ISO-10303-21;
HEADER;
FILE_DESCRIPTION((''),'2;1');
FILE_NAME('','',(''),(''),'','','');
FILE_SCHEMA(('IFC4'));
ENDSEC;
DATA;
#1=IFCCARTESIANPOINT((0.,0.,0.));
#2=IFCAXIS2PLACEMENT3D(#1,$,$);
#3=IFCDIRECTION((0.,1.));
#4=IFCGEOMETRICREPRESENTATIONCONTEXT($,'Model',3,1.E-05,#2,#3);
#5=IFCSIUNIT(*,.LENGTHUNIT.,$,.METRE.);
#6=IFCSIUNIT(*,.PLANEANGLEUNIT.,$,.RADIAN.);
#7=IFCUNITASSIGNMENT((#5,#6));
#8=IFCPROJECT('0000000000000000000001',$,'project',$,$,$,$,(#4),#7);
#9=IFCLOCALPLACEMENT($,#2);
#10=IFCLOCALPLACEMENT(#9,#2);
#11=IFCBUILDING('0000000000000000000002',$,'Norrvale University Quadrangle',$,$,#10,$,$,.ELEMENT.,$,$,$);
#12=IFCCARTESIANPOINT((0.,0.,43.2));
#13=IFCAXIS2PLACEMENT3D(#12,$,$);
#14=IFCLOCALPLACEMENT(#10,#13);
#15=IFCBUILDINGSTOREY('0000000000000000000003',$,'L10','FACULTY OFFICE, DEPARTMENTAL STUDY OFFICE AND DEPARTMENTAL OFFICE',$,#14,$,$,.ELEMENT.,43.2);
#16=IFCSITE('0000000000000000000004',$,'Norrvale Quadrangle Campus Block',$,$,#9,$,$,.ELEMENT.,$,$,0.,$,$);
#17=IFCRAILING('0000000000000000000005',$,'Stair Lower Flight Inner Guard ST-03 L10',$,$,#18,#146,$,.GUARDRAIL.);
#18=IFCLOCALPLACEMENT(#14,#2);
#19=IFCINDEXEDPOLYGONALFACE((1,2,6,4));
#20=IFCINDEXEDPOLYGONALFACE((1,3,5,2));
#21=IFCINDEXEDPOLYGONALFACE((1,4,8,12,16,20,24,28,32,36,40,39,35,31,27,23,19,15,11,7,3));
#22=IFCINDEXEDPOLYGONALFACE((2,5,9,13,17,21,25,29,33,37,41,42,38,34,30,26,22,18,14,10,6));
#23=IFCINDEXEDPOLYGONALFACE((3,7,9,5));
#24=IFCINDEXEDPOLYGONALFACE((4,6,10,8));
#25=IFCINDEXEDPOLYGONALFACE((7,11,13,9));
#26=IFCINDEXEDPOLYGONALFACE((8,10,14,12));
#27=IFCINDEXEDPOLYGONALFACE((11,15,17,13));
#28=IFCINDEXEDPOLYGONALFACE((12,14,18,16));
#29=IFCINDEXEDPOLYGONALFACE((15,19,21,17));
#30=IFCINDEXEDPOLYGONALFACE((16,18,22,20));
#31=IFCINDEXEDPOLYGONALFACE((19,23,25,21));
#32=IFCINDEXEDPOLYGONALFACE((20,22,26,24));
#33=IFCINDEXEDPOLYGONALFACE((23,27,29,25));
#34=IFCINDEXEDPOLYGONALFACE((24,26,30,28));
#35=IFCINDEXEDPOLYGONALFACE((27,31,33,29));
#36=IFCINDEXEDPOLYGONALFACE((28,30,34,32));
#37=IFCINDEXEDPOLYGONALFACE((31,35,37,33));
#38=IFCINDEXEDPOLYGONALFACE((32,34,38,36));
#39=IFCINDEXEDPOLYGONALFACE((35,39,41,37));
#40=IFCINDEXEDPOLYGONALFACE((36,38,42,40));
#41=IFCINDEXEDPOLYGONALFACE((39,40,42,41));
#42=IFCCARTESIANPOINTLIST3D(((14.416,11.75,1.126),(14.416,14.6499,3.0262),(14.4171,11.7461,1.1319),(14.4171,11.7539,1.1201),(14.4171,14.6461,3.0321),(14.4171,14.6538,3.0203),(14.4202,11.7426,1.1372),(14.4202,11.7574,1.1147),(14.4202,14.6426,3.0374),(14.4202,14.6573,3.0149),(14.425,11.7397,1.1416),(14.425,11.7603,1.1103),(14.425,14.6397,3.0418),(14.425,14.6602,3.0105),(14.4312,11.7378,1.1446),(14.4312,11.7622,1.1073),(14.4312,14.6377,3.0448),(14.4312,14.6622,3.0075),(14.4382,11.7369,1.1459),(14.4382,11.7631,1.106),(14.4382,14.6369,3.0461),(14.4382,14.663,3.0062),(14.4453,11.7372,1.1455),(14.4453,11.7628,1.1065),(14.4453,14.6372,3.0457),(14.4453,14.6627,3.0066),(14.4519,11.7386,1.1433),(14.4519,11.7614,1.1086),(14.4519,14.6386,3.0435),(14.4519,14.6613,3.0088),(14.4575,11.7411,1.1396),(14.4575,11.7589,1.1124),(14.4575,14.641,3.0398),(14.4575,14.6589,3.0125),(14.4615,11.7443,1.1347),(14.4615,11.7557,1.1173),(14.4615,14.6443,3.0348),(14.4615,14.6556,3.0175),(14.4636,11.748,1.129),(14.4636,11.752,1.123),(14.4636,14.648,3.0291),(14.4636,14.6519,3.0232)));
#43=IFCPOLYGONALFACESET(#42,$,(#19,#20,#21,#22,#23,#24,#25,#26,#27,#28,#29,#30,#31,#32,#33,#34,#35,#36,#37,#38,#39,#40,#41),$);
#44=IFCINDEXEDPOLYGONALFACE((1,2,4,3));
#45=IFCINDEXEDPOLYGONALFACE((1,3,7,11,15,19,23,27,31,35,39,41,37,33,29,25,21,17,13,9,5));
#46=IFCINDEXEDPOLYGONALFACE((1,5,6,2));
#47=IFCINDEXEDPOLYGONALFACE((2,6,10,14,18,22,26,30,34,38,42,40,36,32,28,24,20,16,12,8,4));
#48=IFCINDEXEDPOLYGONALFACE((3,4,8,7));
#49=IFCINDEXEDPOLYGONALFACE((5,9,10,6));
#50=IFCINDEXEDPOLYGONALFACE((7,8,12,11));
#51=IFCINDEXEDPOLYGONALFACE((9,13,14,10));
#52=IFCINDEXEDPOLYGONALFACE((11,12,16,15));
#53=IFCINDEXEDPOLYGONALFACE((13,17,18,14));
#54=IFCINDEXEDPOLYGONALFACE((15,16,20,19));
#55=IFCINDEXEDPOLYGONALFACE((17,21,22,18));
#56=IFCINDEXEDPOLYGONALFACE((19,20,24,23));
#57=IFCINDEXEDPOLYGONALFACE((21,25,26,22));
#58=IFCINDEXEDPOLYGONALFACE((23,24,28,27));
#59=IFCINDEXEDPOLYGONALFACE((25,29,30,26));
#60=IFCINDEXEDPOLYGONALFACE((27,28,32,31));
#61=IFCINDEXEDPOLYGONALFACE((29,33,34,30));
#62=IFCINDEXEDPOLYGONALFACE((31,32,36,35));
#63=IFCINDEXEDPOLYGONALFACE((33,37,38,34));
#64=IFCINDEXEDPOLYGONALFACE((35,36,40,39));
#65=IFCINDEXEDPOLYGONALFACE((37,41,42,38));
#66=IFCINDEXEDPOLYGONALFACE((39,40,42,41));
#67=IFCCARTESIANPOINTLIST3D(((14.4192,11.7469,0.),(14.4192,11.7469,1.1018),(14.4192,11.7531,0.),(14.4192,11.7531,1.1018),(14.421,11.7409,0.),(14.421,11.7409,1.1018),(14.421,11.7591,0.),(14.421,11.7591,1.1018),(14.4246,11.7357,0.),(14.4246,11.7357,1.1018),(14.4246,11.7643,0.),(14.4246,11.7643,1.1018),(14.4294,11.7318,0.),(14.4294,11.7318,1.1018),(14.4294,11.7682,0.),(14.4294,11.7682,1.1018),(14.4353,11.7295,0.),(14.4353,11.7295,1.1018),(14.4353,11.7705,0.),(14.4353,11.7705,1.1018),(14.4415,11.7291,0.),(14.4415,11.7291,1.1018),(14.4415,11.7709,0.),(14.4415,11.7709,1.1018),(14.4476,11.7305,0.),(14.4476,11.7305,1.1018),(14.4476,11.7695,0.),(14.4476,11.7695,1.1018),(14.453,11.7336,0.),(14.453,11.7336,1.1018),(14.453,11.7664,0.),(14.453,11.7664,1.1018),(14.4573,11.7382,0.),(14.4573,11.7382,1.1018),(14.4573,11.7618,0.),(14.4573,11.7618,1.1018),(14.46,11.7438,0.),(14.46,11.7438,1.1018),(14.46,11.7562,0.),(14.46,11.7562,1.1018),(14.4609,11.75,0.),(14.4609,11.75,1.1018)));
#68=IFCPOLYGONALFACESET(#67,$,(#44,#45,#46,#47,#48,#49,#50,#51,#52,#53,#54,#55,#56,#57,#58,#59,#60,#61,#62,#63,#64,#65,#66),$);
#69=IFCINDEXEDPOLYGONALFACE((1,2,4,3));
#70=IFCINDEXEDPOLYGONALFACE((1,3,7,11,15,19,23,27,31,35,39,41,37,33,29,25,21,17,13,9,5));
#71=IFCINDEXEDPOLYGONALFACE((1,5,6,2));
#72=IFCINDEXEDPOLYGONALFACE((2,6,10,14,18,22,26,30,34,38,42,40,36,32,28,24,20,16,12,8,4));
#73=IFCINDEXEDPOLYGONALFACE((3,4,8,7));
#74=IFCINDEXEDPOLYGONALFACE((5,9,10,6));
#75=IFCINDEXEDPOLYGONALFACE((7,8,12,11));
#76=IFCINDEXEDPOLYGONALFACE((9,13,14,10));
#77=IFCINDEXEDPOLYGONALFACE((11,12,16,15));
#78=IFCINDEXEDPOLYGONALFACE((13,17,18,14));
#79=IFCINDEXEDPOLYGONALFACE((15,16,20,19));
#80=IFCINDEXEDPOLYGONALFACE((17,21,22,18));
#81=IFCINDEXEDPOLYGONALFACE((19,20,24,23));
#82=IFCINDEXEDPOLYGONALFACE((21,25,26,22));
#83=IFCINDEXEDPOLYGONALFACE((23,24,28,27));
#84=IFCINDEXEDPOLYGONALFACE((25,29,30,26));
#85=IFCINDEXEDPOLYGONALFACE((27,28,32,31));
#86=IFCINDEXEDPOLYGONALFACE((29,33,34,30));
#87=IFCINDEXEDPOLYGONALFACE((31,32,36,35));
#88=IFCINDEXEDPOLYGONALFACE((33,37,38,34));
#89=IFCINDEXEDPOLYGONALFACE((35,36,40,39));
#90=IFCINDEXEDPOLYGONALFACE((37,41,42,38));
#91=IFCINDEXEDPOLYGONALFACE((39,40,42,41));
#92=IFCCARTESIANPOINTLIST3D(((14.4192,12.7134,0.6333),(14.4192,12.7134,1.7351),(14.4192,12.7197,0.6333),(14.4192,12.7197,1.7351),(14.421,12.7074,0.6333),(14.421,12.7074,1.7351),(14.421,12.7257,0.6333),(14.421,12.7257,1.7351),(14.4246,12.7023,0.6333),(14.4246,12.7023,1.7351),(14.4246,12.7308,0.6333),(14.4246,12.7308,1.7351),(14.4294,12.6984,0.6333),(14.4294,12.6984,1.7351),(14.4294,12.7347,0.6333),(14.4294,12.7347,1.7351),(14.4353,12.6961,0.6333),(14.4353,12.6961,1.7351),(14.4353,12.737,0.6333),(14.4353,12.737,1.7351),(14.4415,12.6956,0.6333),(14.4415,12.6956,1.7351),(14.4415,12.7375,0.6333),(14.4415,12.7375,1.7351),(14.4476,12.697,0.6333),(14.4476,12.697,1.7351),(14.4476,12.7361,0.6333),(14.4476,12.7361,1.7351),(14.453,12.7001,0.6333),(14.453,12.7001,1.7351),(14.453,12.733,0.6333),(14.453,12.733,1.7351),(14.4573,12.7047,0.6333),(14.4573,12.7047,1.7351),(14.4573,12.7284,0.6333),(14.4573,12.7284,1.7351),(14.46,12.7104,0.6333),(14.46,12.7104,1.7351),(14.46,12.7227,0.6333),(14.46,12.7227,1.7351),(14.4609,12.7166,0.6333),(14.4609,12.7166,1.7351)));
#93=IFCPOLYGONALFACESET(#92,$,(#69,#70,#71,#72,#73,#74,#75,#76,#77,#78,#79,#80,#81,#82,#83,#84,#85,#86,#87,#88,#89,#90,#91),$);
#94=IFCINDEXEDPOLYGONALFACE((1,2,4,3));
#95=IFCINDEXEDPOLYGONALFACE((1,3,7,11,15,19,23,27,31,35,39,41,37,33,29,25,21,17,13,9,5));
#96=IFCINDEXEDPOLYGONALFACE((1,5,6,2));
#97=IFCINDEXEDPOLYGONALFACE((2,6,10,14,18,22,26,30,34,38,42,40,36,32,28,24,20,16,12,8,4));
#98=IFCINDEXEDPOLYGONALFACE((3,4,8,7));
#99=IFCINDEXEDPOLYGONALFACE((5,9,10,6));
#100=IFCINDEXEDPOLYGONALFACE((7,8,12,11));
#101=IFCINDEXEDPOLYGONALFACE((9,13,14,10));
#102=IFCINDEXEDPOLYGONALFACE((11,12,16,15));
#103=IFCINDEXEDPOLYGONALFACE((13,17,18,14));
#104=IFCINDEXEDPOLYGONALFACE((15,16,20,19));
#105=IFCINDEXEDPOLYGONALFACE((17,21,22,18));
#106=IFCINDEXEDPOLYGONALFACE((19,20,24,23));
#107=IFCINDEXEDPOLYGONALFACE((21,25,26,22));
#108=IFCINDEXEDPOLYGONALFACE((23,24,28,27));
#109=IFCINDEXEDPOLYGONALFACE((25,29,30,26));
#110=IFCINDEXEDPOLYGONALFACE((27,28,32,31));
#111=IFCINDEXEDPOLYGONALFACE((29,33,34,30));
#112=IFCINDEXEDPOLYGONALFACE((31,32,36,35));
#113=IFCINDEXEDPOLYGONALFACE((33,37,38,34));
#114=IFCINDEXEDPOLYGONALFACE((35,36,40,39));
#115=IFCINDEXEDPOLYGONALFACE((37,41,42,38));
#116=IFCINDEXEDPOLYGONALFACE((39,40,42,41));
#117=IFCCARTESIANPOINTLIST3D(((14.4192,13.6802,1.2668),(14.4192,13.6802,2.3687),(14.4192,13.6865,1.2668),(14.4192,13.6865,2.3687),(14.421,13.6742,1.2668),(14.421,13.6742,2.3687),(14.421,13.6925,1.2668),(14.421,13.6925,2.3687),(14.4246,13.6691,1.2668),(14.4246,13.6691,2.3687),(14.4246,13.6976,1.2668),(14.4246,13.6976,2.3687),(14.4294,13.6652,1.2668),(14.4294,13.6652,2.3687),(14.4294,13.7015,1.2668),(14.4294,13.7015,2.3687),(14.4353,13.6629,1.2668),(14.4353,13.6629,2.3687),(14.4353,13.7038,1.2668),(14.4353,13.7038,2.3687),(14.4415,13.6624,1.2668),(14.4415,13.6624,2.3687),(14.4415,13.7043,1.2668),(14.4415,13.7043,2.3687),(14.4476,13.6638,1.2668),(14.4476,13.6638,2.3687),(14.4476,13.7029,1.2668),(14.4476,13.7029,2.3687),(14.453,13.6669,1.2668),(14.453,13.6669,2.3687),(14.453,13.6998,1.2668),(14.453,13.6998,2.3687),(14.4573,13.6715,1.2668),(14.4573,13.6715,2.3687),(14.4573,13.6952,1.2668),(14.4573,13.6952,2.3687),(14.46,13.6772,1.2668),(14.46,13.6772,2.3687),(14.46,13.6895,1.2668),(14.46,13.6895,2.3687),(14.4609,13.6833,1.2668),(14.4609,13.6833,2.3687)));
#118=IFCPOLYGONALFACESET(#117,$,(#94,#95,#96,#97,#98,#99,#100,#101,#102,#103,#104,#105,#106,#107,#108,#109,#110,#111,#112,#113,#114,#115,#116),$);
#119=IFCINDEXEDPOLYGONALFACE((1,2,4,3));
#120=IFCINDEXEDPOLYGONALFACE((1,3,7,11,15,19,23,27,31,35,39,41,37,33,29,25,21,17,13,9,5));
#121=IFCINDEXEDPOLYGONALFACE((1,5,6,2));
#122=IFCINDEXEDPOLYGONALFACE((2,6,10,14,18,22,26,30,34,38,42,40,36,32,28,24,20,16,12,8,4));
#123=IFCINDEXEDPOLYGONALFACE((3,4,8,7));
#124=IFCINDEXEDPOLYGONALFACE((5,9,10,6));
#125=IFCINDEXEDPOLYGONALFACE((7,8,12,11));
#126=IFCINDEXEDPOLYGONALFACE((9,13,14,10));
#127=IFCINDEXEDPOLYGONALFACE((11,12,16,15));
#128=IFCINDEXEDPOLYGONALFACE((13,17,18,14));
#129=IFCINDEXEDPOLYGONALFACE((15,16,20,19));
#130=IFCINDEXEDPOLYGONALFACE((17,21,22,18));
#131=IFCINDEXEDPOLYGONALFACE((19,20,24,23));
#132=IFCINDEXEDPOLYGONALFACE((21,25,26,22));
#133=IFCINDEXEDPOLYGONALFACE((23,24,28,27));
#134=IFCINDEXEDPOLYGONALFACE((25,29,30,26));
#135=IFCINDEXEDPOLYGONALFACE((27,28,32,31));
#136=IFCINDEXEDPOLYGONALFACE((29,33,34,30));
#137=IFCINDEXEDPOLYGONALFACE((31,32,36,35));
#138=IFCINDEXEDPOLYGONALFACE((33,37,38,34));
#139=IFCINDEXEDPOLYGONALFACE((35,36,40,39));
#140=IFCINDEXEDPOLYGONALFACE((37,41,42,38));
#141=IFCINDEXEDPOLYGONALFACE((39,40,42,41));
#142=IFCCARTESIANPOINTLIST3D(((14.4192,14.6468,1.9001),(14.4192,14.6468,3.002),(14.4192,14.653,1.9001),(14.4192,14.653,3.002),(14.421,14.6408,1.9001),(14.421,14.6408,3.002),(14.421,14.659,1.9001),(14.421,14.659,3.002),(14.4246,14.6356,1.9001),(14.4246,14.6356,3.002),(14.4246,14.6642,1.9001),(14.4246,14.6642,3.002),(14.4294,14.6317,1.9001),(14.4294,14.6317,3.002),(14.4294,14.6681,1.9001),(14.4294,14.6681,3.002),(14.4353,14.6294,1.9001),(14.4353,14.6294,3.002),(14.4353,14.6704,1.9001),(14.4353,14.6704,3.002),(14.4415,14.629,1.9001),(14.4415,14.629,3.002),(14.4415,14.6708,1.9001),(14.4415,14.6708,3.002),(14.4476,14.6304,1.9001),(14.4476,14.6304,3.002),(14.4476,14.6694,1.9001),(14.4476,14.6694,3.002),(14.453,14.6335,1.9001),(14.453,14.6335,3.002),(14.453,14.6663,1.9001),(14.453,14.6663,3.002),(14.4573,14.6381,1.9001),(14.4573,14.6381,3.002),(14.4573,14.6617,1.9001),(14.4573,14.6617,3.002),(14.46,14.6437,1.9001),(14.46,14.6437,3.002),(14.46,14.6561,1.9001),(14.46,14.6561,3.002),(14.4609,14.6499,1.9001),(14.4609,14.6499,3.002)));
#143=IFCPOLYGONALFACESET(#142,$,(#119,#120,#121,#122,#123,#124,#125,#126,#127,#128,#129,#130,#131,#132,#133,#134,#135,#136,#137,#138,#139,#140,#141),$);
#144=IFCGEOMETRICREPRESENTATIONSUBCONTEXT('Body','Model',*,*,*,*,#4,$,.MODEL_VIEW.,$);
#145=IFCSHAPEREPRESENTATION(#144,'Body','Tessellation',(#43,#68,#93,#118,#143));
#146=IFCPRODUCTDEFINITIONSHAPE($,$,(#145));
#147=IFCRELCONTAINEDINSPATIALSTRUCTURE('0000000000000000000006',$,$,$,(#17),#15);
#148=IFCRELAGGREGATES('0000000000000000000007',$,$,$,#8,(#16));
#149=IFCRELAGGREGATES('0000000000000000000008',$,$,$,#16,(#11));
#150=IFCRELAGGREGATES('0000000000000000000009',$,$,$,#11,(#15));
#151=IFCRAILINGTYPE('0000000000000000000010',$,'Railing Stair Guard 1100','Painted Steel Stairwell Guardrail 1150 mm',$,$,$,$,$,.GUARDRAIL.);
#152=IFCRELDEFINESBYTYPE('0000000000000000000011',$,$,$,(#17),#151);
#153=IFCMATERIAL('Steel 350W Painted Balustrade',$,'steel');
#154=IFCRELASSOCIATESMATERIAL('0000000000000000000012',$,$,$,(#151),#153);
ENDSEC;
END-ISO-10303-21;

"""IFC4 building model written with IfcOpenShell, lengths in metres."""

from ifc_helpers import new_model, si_unit, direction, frame, origin, origin_2d, place, context, subcontext, project, spatial, circle, extrude, material, type_object, element, save


model = new_model("IFC4")

# Units and contexts
model_context = context("Model", 3, precision=1e-05, world=origin(), true_north=direction((0.0, 1.0)))
body_context = subcontext(model_context, "Body", "Model", "MODEL_VIEW")
ifc_project = project(units=[si_unit("LENGTHUNIT", "METRE"), si_unit("PLANEANGLEUNIT", "RADIAN")], contexts=[model_context])

# Site, building, storey
site_placement = place(None, origin())
site = spatial("IfcSite", under=ifc_project, at=site_placement, Name="Norrvale Quadrangle Campus Block", CompositionType="ELEMENT", RefElevation=0.0)
building_placement = place(site_placement, origin())
building = spatial("IfcBuilding", under=site, at=building_placement, Name="Norrvale University Quadrangle", CompositionType="ELEMENT")
storey_placement = place(building_placement, frame((0.0, 0.0, 43.2)))
storey = spatial("IfcBuildingStorey", under=building, at=storey_placement, Name="L10", Description="FACULTY OFFICE, DEPARTMENTAL STUDY OFFICE AND DEPARTMENTAL OFFICE", CompositionType="ELEMENT", Elevation=43.2)

# Railing
ifc_material_1 = material(Name="Steel 350W Painted Balustrade", Category="steel")
railing_type_1 = type_object("IfcRailingType", Name="Railing Stair Guard 1100", Description="Painted Steel Stairwell Guardrail 1150 mm", PredefinedType="GUARDRAIL", material=ifc_material_1)
railing_1_placement = place(storey_placement, frame((14.4399, 11.75, 0.0)))
element("IfcRailing", 1, at=railing_1_placement, inside=storey, type_object=railing_type_1, Name="Stair Lower Flight Inner Guard ST-03 L10", PredefinedType="GUARDRAIL", context=body_context, shape_type="SweptSolid", body=[
    extrude(circle(Radius=0.0239, at=origin_2d()), frame((0.0, 0.0, 1.126), z_axis=(0.0, 0.836433, 0.548069), x_axis=(-1.0, 0.0, 0.0)), (0.0, 0.0, 1.0), 3.467),
    extrude(circle(Radius=0.021, at=origin_2d()), origin(), (0.0, 0.0, 1.0), 1.1018),
    extrude(circle(Radius=0.021, at=origin_2d()), frame((0.0, 0.9666, 0.6333)), (0.0, 0.0, 1.0), 1.1018),
    extrude(circle(Radius=0.021, at=origin_2d()), frame((0.0, 1.9333, 1.2668)), (0.0, 0.0, 1.0), 1.1018),
    extrude(circle(Radius=0.021, at=origin_2d()), frame((0.0, 2.8999, 1.9001)), (0.0, 0.0, 1.0), 1.1018),
])

save(model, "model.ifc")
